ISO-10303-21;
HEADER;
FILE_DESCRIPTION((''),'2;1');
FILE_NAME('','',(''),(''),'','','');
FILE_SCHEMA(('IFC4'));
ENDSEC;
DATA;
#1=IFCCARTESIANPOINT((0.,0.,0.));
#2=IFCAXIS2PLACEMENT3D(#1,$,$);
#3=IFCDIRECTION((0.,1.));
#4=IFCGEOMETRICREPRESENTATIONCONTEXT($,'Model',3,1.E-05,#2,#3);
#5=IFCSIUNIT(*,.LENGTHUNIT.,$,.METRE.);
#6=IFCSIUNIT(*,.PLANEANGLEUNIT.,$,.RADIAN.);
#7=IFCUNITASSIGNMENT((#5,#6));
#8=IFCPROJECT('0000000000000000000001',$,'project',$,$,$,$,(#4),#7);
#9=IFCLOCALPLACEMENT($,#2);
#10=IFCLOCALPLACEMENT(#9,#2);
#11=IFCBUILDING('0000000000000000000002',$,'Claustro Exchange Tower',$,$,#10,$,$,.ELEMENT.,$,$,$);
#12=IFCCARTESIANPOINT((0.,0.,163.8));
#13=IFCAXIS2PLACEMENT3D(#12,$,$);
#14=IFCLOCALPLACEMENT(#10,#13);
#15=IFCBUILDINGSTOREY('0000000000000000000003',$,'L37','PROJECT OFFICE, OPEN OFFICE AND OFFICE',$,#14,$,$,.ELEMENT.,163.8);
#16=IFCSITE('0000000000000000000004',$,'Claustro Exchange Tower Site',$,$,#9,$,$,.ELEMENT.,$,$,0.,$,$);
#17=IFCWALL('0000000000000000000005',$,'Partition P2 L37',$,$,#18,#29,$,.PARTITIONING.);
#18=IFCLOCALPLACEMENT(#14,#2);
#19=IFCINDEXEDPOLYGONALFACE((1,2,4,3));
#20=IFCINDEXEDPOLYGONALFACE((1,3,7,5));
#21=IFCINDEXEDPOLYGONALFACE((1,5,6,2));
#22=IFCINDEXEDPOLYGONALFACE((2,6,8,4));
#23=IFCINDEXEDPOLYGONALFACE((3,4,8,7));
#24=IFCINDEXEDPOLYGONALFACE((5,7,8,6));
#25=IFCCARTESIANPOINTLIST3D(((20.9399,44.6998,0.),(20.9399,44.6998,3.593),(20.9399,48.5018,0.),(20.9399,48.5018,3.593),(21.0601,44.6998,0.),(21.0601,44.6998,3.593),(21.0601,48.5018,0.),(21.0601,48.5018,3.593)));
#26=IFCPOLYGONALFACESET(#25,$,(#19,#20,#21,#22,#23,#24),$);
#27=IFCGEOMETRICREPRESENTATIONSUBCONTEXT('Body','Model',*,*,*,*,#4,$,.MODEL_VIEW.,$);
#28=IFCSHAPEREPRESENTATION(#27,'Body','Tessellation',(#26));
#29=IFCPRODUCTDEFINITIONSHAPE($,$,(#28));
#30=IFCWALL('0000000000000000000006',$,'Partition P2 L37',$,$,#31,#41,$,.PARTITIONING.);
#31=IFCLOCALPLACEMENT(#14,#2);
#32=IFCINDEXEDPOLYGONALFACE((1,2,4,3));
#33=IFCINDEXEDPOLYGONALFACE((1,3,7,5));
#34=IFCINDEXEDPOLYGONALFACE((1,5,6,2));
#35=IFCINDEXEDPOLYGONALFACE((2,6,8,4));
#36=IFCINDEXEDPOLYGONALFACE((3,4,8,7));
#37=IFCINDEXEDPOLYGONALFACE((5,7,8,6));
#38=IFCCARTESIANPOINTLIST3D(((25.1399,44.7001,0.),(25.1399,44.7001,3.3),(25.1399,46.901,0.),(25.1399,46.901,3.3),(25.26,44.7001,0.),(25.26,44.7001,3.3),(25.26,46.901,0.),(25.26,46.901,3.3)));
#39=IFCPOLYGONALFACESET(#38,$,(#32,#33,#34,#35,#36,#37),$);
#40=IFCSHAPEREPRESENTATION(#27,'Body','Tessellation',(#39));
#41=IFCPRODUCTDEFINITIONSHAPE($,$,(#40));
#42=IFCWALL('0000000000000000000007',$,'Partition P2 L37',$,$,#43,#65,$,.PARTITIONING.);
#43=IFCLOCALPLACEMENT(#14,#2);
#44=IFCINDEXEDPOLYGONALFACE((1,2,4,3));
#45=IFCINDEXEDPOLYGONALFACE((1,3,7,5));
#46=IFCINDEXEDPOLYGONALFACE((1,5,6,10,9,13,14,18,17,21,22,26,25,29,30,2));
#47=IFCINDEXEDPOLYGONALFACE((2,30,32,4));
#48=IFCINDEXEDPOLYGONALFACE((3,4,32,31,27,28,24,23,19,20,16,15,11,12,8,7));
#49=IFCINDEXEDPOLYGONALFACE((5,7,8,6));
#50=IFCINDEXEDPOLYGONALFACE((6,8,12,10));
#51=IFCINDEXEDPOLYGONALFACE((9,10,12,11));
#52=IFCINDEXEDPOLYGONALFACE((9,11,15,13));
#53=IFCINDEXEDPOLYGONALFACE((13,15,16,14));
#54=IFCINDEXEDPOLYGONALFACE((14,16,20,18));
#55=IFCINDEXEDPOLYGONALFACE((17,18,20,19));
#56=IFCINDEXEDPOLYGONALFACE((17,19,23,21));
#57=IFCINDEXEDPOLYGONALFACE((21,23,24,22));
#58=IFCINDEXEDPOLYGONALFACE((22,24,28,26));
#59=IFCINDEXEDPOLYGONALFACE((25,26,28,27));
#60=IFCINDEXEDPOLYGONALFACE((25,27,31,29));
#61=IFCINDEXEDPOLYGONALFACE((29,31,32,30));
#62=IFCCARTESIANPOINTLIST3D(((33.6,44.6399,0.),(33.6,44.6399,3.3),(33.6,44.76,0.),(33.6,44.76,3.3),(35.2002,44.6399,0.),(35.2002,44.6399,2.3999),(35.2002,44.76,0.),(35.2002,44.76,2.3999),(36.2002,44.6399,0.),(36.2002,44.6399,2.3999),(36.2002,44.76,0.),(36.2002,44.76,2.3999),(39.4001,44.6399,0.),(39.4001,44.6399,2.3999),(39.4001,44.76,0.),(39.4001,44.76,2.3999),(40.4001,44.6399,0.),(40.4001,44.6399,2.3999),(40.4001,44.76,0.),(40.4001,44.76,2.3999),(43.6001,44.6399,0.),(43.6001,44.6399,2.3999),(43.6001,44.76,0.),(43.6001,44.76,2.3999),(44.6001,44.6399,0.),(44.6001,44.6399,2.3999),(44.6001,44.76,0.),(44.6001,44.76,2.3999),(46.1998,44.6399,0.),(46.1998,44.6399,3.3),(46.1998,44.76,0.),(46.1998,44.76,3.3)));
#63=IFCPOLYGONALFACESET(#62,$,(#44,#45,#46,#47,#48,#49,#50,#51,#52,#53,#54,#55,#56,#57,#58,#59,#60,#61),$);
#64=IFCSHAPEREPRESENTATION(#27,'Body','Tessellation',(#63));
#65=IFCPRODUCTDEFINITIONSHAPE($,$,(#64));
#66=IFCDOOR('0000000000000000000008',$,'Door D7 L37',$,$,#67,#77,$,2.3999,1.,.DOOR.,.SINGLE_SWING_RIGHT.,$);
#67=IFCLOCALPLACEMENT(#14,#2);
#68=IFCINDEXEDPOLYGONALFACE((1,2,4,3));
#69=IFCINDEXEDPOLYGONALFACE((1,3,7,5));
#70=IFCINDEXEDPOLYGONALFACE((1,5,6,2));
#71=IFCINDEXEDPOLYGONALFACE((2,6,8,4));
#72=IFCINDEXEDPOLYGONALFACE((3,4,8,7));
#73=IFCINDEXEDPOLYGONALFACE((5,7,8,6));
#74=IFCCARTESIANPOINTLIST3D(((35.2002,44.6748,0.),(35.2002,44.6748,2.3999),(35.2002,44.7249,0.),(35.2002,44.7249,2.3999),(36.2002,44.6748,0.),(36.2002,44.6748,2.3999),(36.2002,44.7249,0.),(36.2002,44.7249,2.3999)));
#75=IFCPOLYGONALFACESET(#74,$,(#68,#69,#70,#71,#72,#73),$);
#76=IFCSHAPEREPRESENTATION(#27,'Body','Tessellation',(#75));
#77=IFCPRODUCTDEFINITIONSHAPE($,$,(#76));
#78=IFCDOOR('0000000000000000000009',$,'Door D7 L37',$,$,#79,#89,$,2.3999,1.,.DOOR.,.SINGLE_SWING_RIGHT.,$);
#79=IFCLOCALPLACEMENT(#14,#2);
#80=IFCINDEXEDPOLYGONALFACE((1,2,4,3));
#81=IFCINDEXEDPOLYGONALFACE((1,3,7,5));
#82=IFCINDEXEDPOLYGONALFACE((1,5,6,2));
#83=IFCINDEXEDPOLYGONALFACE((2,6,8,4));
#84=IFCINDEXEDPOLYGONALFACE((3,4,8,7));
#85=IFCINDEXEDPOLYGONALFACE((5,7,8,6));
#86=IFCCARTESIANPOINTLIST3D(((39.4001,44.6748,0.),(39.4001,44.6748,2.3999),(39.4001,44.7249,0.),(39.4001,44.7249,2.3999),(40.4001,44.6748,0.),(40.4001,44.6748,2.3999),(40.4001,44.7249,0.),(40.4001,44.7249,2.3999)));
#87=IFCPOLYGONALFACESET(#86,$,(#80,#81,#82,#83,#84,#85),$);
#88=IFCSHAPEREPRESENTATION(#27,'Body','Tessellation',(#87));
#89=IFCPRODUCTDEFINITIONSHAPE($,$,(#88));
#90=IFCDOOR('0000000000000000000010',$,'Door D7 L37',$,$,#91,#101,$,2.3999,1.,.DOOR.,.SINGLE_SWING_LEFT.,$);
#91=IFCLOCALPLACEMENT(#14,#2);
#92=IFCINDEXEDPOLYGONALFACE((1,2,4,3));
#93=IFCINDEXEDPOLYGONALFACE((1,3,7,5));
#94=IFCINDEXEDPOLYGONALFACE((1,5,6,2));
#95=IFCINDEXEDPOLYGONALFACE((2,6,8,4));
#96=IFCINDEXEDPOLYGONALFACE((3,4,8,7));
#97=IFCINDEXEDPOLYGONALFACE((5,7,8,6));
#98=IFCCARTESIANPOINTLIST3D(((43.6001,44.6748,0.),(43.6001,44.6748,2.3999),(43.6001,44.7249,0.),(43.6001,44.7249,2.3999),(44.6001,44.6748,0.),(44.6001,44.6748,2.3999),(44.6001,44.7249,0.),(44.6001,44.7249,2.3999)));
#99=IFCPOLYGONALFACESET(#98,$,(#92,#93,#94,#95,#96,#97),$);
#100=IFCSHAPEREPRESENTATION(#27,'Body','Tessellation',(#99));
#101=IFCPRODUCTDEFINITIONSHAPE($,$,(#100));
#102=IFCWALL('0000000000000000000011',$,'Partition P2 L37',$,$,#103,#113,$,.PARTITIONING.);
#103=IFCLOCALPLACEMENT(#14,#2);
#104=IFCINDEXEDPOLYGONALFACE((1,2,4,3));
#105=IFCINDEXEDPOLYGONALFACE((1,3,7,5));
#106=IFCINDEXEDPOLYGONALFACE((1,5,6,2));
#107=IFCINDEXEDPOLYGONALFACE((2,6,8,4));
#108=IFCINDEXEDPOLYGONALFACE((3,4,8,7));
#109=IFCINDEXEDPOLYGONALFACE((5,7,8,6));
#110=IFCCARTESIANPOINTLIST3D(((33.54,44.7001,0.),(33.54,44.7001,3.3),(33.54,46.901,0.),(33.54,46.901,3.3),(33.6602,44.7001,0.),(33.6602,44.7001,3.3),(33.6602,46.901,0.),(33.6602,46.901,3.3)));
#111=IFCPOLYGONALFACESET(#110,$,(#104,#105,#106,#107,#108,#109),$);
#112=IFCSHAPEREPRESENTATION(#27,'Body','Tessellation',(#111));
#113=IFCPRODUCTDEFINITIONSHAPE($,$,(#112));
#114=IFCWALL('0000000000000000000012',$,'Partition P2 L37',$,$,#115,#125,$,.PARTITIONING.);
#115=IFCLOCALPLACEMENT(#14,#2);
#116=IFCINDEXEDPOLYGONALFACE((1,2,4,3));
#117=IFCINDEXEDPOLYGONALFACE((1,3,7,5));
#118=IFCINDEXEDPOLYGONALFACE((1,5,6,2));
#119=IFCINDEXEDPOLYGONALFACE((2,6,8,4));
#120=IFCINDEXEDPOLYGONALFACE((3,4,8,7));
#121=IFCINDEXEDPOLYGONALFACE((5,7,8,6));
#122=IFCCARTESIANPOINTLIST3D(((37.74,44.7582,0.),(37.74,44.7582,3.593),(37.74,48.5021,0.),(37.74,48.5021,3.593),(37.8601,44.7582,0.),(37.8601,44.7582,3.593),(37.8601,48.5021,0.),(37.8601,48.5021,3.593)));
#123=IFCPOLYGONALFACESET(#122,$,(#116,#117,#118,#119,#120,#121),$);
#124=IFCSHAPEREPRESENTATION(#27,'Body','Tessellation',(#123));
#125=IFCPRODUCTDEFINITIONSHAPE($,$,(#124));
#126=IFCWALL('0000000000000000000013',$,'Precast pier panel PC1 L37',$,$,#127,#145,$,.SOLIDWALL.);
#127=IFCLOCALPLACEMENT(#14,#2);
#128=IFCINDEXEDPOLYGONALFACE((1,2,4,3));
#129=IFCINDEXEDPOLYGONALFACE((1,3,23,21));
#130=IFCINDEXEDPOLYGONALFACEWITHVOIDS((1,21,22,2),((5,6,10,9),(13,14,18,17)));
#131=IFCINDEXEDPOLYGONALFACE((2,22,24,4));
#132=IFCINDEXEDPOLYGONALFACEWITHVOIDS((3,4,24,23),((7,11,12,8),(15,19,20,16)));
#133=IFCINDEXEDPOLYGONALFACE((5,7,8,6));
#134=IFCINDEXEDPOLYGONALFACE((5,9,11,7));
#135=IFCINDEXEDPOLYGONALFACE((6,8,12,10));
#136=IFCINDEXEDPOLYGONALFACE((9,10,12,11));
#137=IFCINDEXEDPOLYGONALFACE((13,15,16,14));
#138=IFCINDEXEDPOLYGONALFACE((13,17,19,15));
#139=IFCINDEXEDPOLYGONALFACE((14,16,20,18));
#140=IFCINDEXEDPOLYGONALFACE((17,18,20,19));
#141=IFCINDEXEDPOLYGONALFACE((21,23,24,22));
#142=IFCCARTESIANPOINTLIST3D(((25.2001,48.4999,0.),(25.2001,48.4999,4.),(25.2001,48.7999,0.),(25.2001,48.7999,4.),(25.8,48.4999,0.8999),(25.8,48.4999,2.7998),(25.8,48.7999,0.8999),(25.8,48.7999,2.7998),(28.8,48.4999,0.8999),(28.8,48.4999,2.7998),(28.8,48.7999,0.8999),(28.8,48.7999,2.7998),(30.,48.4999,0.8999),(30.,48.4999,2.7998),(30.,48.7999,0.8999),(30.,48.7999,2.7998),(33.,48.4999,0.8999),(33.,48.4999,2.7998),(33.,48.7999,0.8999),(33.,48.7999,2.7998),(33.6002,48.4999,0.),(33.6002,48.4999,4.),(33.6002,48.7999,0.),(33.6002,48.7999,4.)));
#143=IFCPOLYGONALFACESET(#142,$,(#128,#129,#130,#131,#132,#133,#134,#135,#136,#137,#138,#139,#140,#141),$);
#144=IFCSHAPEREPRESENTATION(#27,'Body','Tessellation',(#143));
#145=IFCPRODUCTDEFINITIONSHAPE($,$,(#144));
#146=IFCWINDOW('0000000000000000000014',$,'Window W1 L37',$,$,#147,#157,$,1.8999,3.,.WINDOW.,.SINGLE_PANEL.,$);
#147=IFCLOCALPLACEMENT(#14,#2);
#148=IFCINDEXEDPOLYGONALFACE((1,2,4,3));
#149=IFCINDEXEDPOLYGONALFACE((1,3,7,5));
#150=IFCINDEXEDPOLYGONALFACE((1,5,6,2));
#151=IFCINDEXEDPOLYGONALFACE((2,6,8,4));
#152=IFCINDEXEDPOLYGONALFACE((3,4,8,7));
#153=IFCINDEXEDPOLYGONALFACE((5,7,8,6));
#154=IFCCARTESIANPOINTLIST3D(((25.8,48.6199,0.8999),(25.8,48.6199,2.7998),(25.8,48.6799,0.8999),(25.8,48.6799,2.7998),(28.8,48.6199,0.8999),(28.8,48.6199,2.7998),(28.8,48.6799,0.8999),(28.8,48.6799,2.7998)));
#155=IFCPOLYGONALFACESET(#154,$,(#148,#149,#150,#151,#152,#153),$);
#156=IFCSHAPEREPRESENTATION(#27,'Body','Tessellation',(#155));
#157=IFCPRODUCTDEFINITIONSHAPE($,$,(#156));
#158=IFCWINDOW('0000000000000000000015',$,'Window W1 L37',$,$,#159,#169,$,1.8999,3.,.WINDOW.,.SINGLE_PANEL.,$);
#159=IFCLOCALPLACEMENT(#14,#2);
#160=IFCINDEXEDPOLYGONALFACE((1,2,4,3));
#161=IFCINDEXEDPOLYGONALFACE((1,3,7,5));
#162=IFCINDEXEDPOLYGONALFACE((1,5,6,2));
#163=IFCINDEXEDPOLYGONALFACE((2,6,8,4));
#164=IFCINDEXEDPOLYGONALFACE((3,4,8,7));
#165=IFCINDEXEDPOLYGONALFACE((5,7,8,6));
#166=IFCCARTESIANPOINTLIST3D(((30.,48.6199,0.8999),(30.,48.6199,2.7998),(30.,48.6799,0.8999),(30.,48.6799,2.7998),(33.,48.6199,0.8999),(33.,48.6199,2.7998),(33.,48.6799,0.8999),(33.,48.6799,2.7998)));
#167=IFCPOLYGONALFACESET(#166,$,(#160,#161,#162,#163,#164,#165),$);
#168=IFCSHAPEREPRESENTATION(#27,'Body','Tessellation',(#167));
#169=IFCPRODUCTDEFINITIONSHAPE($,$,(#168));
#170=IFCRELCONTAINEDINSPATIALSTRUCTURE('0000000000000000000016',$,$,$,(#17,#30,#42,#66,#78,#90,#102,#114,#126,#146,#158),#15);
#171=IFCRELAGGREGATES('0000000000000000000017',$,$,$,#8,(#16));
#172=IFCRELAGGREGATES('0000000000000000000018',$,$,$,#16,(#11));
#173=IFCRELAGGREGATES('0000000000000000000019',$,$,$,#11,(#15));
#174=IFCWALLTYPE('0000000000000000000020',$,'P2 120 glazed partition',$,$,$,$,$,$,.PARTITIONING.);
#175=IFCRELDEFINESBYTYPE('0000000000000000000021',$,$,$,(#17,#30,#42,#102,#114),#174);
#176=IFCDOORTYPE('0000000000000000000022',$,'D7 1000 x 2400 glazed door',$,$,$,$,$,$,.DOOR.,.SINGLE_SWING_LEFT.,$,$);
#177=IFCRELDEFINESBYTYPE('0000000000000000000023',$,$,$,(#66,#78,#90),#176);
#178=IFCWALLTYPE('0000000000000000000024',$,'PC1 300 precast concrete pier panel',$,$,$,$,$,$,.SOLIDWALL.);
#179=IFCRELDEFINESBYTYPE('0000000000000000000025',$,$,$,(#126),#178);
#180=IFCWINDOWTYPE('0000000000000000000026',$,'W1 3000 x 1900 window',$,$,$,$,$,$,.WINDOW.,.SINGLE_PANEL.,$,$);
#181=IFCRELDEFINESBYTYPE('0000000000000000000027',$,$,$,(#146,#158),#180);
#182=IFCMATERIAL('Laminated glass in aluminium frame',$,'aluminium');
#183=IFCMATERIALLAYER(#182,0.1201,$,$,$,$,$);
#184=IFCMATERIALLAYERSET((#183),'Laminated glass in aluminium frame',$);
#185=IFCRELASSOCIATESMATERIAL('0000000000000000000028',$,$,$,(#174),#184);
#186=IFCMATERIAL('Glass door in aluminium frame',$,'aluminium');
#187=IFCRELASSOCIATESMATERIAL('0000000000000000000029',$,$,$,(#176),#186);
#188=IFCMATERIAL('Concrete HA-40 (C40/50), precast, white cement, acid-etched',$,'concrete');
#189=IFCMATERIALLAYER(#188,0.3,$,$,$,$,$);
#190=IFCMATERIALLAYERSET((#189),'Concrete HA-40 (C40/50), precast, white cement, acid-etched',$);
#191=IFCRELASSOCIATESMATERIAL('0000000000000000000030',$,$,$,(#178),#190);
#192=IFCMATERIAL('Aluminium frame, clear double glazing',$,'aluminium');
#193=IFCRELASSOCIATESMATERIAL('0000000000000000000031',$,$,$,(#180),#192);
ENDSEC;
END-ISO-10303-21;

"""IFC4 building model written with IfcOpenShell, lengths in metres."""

from ifc_helpers import new_model, si_unit, direction, frame, frame_2d, origin, place, context, subcontext, project, spatial, rectangle, extrude, material, layer, layer_set, type_object, element, fill, save


model = new_model("IFC4")

# Units and contexts
model_context = context("Model", 3, precision=1e-05, world=origin(), true_north=direction((0.0, 1.0)))
body_context = subcontext(model_context, "Body", "Model", "MODEL_VIEW")
ifc_project = project(units=[si_unit("LENGTHUNIT", "METRE"), si_unit("PLANEANGLEUNIT", "RADIAN")], contexts=[model_context])

# Site, building, storey
site_placement = place(None, origin())
site = spatial("IfcSite", under=ifc_project, at=site_placement, Name="Claustro Exchange Tower Site", CompositionType="ELEMENT", RefElevation=0.0)
building_placement = place(site_placement, origin())
building = spatial("IfcBuilding", under=site, at=building_placement, Name="Claustro Exchange Tower", CompositionType="ELEMENT")
storey_placement = place(building_placement, frame((0.0, 0.0, 163.8)))
storey = spatial("IfcBuildingStorey", under=building, at=storey_placement, Name="L37", Description="PROJECT OFFICE, OPEN OFFICE AND OFFICE", CompositionType="ELEMENT", Elevation=163.8)

# Shared definitions
ifc_material_1 = material(Name="Laminated glass in aluminium frame", Category="aluminium")
ifc_layer_1 = layer(ifc_material_1, 0.1201)
ifc_layer_set_1 = layer_set([ifc_layer_1], Name="Laminated glass in aluminium frame")
wall_type_1 = type_object("IfcWallType", Name="P2 120 glazed partition", PredefinedType="PARTITIONING", material=ifc_layer_set_1)
ifc_material_2 = material(Name="Glass door in aluminium frame", Category="aluminium")
door_type = type_object("IfcDoorType", Name="D7 1000 x 2400 glazed door", OperationType="SINGLE_SWING_LEFT", PredefinedType="DOOR", material=ifc_material_2)

# Walls
wall_1_placement = place(storey_placement, frame((21.0, 44.7, 0.0), z_axis=(0.0, 0.0, 1.0), x_axis=(0.0, 1.0, 0.0)))
element("IfcWall", 1, at=wall_1_placement, inside=storey, type_object=wall_type_1, Name="Partition P2 L37", PredefinedType="PARTITIONING", context=body_context, shape_type="SweptSolid", body=[
    extrude(rectangle(XDim=3.802, YDim=0.1201, at=frame_2d((1.9009, 0.0))), origin(), (0.0, 0.0, 1.0), 3.593),
])
wall_2_placement = place(storey_placement, frame((25.2, 44.7, 0.0), z_axis=(0.0, 0.0, 1.0), x_axis=(0.0, 1.0, 0.0)))
element("IfcWall", 2, at=wall_2_placement, inside=storey, type_object=wall_type_1, Name="Partition P2 L37", PredefinedType="PARTITIONING", context=body_context, shape_type="SweptSolid", body=[
    extrude(rectangle(XDim=2.2009, YDim=0.1201, at=frame_2d((1.1006, 0.0))), origin(), (0.0, 0.0, 1.0), 3.3),
])

# Wall, openings, doors
wall_3_placement = place(storey_placement, frame((33.6001, 44.7, 0.0), z_axis=(0.0, 0.0, 1.0), x_axis=(1.0, 0.0, 0.0)))
wall_3 = element("IfcWall", 3, at=wall_3_placement, inside=storey, type_object=wall_type_1, Name="Partition P2 L37", PredefinedType="PARTITIONING", context=body_context, shape_type="SweptSolid", body=[
    extrude(rectangle(XDim=12.5999, YDim=0.1201, at=frame_2d((6.2998, 0.0))), origin(), (0.0, 0.0, 1.0), 3.3),
])
opening_1_placement = place(wall_3_placement, frame((1.6001, 0.0, 0.0)))
opening_1 = element("IfcOpeningElement", 4, at=opening_1_placement, cuts=wall_3, PredefinedType="OPENING", context=body_context, shape_type="SweptSolid", body=[
    extrude(rectangle(XDim=1.0, YDim=2.3999, at=frame_2d((0.5, 1.2))), frame((0.0, 0.0701, 0.0), z_axis=(0.0, -1.0, 0.0), x_axis=(1.0, 0.0, 0.0)), (0.0, 0.0, 1.0), 0.1401),
])
opening_2_placement = place(wall_3_placement, frame((5.8, 0.0, 0.0)))
opening_2 = element("IfcOpeningElement", 5, at=opening_2_placement, cuts=wall_3, PredefinedType="OPENING", context=body_context, shape_type="SweptSolid", body=[
    extrude(rectangle(XDim=1.0, YDim=2.3999, at=frame_2d((0.5, 1.2))), frame((0.0, 0.0701, 0.0), z_axis=(0.0, -1.0, 0.0), x_axis=(1.0, 0.0, 0.0)), (0.0, 0.0, 1.0), 0.1401),
])
opening_3_placement = place(wall_3_placement, frame((10.0, 0.0, 0.0)))
opening_3 = element("IfcOpeningElement", 6, at=opening_3_placement, cuts=wall_3, PredefinedType="OPENING", context=body_context, shape_type="SweptSolid", body=[
    extrude(rectangle(XDim=1.0, YDim=2.3999, at=frame_2d((0.5, 1.2))), frame((0.0, 0.0701, 0.0), z_axis=(0.0, -1.0, 0.0), x_axis=(1.0, 0.0, 0.0)), (0.0, 0.0, 1.0), 0.1401),
])
door_1_placement = place(opening_1_placement, origin())
door_1 = element("IfcDoor", 7, at=door_1_placement, inside=storey, type_object=door_type, Name="Door D7 L37", OperationType="SINGLE_SWING_RIGHT", OverallHeight=2.3999, OverallWidth=1.0, PredefinedType="DOOR", context=body_context, shape_type="SweptSolid", body=[
    extrude(rectangle(XDim=1.0, YDim=2.3999, at=frame_2d((0.5, 1.2))), frame((0.0, 0.0249, 0.0), z_axis=(0.0, -1.0, 0.0), x_axis=(1.0, 0.0, 0.0)), (0.0, 0.0, 1.0), 0.05),
])
fill(opening_1, door_1)
door_2_placement = place(opening_2_placement, origin())
door_2 = element("IfcDoor", 8, at=door_2_placement, inside=storey, type_object=door_type, Name="Door D7 L37", OperationType="SINGLE_SWING_RIGHT", OverallHeight=2.3999, OverallWidth=1.0, PredefinedType="DOOR", context=body_context, shape_type="SweptSolid", body=[
    extrude(rectangle(XDim=1.0, YDim=2.3999, at=frame_2d((0.5, 1.2))), frame((0.0, 0.0249, 0.0), z_axis=(0.0, -1.0, 0.0), x_axis=(1.0, 0.0, 0.0)), (0.0, 0.0, 1.0), 0.05),
])
fill(opening_2, door_2)
door_3_placement = place(opening_3_placement, origin())
door_3 = element("IfcDoor", 9, at=door_3_placement, inside=storey, type_object=door_type, Name="Door D7 L37", OperationType="SINGLE_SWING_LEFT", OverallHeight=2.3999, OverallWidth=1.0, PredefinedType="DOOR", context=body_context, shape_type="SweptSolid", body=[
    extrude(rectangle(XDim=1.0, YDim=2.3999, at=frame_2d((0.5, 1.2))), frame((0.0, 0.0249, 0.0), z_axis=(0.0, -1.0, 0.0), x_axis=(1.0, 0.0, 0.0)), (0.0, 0.0, 1.0), 0.05),
])
fill(opening_3, door_3)

# Walls
wall_4_placement = place(storey_placement, frame((33.6001, 44.7, 0.0), z_axis=(0.0, 0.0, 1.0), x_axis=(0.0, 1.0, 0.0)))
element("IfcWall", 10, at=wall_4_placement, inside=storey, type_object=wall_type_1, Name="Partition P2 L37", PredefinedType="PARTITIONING", context=body_context, shape_type="SweptSolid", body=[
    extrude(rectangle(XDim=2.2009, YDim=0.1201, at=frame_2d((1.1006, 0.0))), origin(), (0.0, 0.0, 1.0), 3.3),
])
wall_5_placement = place(storey_placement, frame((37.8, 44.7581, 0.0), z_axis=(0.0, 0.0, 1.0), x_axis=(0.0, 1.0, 0.0)))
element("IfcWall", 11, at=wall_5_placement, inside=storey, type_object=wall_type_1, Name="Partition P2 L37", PredefinedType="PARTITIONING", context=body_context, shape_type="SweptSolid", body=[
    extrude(rectangle(XDim=3.7439, YDim=0.1201, at=frame_2d((1.8721, 0.0))), origin(), (0.0, 0.0, 1.0), 3.593),
])

# Wall, openings, windows
ifc_material_3 = material(Name="Concrete HA-40 (C40/50), precast, white cement, acid-etched", Category="concrete")
ifc_layer_2 = layer(ifc_material_3, 0.3)
ifc_layer_set_2 = layer_set([ifc_layer_2], Name="Concrete HA-40 (C40/50), precast, white cement, acid-etched")
wall_type_2 = type_object("IfcWallType", Name="PC1 300 precast concrete pier panel", PredefinedType="SOLIDWALL", material=ifc_layer_set_2)
wall_6_placement = place(storey_placement, frame((25.2, 48.6499, 0.0), z_axis=(0.0, 0.0, 1.0), x_axis=(1.0, 0.0, 0.0)))
wall_6 = element("IfcWall", 12, at=wall_6_placement, inside=storey, type_object=wall_type_2, Name="Precast pier panel PC1 L37", PredefinedType="SOLIDWALL", context=body_context, shape_type="SweptSolid", body=[
    extrude(rectangle(XDim=8.4001, YDim=0.3, at=frame_2d((4.2002, 0.0))), origin(), (0.0, 0.0, 1.0), 4.0),
])
opening_4_placement = place(wall_6_placement, frame((0.6001, 0.0, 0.8999)))
opening_4 = element("IfcOpeningElement", 13, at=opening_4_placement, cuts=wall_6, PredefinedType="OPENING", context=body_context, shape_type="SweptSolid", body=[
    extrude(rectangle(XDim=3.0, YDim=1.8999, at=frame_2d((1.5, 0.95))), frame((0.0, 0.1599, 0.0), z_axis=(0.0, -1.0, 0.0), x_axis=(1.0, 0.0, 0.0)), (0.0, 0.0, 1.0), 0.3201),
])
opening_5_placement = place(wall_6_placement, frame((4.8, 0.0, 0.8999)))
opening_5 = element("IfcOpeningElement", 14, at=opening_5_placement, cuts=wall_6, PredefinedType="OPENING", context=body_context, shape_type="SweptSolid", body=[
    extrude(rectangle(XDim=3.0, YDim=1.8999, at=frame_2d((1.5, 0.95))), frame((0.0, 0.1599, 0.0), z_axis=(0.0, -1.0, 0.0), x_axis=(1.0, 0.0, 0.0)), (0.0, 0.0, 1.0), 0.3201),
])
ifc_material_4 = material(Name="Aluminium frame, clear double glazing", Category="aluminium")
window_type = type_object("IfcWindowType", Name="W1 3000 x 1900 window", PartitioningType="SINGLE_PANEL", PredefinedType="WINDOW", material=ifc_material_4)
window_1_placement = place(opening_4_placement, origin())
window_1 = element("IfcWindow", 15, at=window_1_placement, inside=storey, type_object=window_type, Name="Window W1 L37", OverallHeight=1.8999, OverallWidth=3.0, PartitioningType="SINGLE_PANEL", PredefinedType="WINDOW", context=body_context, shape_type="SweptSolid", body=[
    extrude(rectangle(XDim=3.0, YDim=1.8999, at=frame_2d((1.5, 0.95))), frame((0.0, 0.03, 0.0), z_axis=(0.0, -1.0, 0.0), x_axis=(1.0, 0.0, 0.0)), (0.0, 0.0, 1.0), 0.0601),
])
fill(opening_4, window_1)
window_2_placement = place(opening_5_placement, origin())
window_2 = element("IfcWindow", 16, at=window_2_placement, inside=storey, type_object=window_type, Name="Window W1 L37", OverallHeight=1.8999, OverallWidth=3.0, PartitioningType="SINGLE_PANEL", PredefinedType="WINDOW", context=body_context, shape_type="SweptSolid", body=[
    extrude(rectangle(XDim=3.0, YDim=1.8999, at=frame_2d((1.5, 0.95))), frame((0.0, 0.03, 0.0), z_axis=(0.0, -1.0, 0.0), x_axis=(1.0, 0.0, 0.0)), (0.0, 0.0, 1.0), 0.0601),
])
fill(opening_5, window_2)

save(model, "model.ifc")
